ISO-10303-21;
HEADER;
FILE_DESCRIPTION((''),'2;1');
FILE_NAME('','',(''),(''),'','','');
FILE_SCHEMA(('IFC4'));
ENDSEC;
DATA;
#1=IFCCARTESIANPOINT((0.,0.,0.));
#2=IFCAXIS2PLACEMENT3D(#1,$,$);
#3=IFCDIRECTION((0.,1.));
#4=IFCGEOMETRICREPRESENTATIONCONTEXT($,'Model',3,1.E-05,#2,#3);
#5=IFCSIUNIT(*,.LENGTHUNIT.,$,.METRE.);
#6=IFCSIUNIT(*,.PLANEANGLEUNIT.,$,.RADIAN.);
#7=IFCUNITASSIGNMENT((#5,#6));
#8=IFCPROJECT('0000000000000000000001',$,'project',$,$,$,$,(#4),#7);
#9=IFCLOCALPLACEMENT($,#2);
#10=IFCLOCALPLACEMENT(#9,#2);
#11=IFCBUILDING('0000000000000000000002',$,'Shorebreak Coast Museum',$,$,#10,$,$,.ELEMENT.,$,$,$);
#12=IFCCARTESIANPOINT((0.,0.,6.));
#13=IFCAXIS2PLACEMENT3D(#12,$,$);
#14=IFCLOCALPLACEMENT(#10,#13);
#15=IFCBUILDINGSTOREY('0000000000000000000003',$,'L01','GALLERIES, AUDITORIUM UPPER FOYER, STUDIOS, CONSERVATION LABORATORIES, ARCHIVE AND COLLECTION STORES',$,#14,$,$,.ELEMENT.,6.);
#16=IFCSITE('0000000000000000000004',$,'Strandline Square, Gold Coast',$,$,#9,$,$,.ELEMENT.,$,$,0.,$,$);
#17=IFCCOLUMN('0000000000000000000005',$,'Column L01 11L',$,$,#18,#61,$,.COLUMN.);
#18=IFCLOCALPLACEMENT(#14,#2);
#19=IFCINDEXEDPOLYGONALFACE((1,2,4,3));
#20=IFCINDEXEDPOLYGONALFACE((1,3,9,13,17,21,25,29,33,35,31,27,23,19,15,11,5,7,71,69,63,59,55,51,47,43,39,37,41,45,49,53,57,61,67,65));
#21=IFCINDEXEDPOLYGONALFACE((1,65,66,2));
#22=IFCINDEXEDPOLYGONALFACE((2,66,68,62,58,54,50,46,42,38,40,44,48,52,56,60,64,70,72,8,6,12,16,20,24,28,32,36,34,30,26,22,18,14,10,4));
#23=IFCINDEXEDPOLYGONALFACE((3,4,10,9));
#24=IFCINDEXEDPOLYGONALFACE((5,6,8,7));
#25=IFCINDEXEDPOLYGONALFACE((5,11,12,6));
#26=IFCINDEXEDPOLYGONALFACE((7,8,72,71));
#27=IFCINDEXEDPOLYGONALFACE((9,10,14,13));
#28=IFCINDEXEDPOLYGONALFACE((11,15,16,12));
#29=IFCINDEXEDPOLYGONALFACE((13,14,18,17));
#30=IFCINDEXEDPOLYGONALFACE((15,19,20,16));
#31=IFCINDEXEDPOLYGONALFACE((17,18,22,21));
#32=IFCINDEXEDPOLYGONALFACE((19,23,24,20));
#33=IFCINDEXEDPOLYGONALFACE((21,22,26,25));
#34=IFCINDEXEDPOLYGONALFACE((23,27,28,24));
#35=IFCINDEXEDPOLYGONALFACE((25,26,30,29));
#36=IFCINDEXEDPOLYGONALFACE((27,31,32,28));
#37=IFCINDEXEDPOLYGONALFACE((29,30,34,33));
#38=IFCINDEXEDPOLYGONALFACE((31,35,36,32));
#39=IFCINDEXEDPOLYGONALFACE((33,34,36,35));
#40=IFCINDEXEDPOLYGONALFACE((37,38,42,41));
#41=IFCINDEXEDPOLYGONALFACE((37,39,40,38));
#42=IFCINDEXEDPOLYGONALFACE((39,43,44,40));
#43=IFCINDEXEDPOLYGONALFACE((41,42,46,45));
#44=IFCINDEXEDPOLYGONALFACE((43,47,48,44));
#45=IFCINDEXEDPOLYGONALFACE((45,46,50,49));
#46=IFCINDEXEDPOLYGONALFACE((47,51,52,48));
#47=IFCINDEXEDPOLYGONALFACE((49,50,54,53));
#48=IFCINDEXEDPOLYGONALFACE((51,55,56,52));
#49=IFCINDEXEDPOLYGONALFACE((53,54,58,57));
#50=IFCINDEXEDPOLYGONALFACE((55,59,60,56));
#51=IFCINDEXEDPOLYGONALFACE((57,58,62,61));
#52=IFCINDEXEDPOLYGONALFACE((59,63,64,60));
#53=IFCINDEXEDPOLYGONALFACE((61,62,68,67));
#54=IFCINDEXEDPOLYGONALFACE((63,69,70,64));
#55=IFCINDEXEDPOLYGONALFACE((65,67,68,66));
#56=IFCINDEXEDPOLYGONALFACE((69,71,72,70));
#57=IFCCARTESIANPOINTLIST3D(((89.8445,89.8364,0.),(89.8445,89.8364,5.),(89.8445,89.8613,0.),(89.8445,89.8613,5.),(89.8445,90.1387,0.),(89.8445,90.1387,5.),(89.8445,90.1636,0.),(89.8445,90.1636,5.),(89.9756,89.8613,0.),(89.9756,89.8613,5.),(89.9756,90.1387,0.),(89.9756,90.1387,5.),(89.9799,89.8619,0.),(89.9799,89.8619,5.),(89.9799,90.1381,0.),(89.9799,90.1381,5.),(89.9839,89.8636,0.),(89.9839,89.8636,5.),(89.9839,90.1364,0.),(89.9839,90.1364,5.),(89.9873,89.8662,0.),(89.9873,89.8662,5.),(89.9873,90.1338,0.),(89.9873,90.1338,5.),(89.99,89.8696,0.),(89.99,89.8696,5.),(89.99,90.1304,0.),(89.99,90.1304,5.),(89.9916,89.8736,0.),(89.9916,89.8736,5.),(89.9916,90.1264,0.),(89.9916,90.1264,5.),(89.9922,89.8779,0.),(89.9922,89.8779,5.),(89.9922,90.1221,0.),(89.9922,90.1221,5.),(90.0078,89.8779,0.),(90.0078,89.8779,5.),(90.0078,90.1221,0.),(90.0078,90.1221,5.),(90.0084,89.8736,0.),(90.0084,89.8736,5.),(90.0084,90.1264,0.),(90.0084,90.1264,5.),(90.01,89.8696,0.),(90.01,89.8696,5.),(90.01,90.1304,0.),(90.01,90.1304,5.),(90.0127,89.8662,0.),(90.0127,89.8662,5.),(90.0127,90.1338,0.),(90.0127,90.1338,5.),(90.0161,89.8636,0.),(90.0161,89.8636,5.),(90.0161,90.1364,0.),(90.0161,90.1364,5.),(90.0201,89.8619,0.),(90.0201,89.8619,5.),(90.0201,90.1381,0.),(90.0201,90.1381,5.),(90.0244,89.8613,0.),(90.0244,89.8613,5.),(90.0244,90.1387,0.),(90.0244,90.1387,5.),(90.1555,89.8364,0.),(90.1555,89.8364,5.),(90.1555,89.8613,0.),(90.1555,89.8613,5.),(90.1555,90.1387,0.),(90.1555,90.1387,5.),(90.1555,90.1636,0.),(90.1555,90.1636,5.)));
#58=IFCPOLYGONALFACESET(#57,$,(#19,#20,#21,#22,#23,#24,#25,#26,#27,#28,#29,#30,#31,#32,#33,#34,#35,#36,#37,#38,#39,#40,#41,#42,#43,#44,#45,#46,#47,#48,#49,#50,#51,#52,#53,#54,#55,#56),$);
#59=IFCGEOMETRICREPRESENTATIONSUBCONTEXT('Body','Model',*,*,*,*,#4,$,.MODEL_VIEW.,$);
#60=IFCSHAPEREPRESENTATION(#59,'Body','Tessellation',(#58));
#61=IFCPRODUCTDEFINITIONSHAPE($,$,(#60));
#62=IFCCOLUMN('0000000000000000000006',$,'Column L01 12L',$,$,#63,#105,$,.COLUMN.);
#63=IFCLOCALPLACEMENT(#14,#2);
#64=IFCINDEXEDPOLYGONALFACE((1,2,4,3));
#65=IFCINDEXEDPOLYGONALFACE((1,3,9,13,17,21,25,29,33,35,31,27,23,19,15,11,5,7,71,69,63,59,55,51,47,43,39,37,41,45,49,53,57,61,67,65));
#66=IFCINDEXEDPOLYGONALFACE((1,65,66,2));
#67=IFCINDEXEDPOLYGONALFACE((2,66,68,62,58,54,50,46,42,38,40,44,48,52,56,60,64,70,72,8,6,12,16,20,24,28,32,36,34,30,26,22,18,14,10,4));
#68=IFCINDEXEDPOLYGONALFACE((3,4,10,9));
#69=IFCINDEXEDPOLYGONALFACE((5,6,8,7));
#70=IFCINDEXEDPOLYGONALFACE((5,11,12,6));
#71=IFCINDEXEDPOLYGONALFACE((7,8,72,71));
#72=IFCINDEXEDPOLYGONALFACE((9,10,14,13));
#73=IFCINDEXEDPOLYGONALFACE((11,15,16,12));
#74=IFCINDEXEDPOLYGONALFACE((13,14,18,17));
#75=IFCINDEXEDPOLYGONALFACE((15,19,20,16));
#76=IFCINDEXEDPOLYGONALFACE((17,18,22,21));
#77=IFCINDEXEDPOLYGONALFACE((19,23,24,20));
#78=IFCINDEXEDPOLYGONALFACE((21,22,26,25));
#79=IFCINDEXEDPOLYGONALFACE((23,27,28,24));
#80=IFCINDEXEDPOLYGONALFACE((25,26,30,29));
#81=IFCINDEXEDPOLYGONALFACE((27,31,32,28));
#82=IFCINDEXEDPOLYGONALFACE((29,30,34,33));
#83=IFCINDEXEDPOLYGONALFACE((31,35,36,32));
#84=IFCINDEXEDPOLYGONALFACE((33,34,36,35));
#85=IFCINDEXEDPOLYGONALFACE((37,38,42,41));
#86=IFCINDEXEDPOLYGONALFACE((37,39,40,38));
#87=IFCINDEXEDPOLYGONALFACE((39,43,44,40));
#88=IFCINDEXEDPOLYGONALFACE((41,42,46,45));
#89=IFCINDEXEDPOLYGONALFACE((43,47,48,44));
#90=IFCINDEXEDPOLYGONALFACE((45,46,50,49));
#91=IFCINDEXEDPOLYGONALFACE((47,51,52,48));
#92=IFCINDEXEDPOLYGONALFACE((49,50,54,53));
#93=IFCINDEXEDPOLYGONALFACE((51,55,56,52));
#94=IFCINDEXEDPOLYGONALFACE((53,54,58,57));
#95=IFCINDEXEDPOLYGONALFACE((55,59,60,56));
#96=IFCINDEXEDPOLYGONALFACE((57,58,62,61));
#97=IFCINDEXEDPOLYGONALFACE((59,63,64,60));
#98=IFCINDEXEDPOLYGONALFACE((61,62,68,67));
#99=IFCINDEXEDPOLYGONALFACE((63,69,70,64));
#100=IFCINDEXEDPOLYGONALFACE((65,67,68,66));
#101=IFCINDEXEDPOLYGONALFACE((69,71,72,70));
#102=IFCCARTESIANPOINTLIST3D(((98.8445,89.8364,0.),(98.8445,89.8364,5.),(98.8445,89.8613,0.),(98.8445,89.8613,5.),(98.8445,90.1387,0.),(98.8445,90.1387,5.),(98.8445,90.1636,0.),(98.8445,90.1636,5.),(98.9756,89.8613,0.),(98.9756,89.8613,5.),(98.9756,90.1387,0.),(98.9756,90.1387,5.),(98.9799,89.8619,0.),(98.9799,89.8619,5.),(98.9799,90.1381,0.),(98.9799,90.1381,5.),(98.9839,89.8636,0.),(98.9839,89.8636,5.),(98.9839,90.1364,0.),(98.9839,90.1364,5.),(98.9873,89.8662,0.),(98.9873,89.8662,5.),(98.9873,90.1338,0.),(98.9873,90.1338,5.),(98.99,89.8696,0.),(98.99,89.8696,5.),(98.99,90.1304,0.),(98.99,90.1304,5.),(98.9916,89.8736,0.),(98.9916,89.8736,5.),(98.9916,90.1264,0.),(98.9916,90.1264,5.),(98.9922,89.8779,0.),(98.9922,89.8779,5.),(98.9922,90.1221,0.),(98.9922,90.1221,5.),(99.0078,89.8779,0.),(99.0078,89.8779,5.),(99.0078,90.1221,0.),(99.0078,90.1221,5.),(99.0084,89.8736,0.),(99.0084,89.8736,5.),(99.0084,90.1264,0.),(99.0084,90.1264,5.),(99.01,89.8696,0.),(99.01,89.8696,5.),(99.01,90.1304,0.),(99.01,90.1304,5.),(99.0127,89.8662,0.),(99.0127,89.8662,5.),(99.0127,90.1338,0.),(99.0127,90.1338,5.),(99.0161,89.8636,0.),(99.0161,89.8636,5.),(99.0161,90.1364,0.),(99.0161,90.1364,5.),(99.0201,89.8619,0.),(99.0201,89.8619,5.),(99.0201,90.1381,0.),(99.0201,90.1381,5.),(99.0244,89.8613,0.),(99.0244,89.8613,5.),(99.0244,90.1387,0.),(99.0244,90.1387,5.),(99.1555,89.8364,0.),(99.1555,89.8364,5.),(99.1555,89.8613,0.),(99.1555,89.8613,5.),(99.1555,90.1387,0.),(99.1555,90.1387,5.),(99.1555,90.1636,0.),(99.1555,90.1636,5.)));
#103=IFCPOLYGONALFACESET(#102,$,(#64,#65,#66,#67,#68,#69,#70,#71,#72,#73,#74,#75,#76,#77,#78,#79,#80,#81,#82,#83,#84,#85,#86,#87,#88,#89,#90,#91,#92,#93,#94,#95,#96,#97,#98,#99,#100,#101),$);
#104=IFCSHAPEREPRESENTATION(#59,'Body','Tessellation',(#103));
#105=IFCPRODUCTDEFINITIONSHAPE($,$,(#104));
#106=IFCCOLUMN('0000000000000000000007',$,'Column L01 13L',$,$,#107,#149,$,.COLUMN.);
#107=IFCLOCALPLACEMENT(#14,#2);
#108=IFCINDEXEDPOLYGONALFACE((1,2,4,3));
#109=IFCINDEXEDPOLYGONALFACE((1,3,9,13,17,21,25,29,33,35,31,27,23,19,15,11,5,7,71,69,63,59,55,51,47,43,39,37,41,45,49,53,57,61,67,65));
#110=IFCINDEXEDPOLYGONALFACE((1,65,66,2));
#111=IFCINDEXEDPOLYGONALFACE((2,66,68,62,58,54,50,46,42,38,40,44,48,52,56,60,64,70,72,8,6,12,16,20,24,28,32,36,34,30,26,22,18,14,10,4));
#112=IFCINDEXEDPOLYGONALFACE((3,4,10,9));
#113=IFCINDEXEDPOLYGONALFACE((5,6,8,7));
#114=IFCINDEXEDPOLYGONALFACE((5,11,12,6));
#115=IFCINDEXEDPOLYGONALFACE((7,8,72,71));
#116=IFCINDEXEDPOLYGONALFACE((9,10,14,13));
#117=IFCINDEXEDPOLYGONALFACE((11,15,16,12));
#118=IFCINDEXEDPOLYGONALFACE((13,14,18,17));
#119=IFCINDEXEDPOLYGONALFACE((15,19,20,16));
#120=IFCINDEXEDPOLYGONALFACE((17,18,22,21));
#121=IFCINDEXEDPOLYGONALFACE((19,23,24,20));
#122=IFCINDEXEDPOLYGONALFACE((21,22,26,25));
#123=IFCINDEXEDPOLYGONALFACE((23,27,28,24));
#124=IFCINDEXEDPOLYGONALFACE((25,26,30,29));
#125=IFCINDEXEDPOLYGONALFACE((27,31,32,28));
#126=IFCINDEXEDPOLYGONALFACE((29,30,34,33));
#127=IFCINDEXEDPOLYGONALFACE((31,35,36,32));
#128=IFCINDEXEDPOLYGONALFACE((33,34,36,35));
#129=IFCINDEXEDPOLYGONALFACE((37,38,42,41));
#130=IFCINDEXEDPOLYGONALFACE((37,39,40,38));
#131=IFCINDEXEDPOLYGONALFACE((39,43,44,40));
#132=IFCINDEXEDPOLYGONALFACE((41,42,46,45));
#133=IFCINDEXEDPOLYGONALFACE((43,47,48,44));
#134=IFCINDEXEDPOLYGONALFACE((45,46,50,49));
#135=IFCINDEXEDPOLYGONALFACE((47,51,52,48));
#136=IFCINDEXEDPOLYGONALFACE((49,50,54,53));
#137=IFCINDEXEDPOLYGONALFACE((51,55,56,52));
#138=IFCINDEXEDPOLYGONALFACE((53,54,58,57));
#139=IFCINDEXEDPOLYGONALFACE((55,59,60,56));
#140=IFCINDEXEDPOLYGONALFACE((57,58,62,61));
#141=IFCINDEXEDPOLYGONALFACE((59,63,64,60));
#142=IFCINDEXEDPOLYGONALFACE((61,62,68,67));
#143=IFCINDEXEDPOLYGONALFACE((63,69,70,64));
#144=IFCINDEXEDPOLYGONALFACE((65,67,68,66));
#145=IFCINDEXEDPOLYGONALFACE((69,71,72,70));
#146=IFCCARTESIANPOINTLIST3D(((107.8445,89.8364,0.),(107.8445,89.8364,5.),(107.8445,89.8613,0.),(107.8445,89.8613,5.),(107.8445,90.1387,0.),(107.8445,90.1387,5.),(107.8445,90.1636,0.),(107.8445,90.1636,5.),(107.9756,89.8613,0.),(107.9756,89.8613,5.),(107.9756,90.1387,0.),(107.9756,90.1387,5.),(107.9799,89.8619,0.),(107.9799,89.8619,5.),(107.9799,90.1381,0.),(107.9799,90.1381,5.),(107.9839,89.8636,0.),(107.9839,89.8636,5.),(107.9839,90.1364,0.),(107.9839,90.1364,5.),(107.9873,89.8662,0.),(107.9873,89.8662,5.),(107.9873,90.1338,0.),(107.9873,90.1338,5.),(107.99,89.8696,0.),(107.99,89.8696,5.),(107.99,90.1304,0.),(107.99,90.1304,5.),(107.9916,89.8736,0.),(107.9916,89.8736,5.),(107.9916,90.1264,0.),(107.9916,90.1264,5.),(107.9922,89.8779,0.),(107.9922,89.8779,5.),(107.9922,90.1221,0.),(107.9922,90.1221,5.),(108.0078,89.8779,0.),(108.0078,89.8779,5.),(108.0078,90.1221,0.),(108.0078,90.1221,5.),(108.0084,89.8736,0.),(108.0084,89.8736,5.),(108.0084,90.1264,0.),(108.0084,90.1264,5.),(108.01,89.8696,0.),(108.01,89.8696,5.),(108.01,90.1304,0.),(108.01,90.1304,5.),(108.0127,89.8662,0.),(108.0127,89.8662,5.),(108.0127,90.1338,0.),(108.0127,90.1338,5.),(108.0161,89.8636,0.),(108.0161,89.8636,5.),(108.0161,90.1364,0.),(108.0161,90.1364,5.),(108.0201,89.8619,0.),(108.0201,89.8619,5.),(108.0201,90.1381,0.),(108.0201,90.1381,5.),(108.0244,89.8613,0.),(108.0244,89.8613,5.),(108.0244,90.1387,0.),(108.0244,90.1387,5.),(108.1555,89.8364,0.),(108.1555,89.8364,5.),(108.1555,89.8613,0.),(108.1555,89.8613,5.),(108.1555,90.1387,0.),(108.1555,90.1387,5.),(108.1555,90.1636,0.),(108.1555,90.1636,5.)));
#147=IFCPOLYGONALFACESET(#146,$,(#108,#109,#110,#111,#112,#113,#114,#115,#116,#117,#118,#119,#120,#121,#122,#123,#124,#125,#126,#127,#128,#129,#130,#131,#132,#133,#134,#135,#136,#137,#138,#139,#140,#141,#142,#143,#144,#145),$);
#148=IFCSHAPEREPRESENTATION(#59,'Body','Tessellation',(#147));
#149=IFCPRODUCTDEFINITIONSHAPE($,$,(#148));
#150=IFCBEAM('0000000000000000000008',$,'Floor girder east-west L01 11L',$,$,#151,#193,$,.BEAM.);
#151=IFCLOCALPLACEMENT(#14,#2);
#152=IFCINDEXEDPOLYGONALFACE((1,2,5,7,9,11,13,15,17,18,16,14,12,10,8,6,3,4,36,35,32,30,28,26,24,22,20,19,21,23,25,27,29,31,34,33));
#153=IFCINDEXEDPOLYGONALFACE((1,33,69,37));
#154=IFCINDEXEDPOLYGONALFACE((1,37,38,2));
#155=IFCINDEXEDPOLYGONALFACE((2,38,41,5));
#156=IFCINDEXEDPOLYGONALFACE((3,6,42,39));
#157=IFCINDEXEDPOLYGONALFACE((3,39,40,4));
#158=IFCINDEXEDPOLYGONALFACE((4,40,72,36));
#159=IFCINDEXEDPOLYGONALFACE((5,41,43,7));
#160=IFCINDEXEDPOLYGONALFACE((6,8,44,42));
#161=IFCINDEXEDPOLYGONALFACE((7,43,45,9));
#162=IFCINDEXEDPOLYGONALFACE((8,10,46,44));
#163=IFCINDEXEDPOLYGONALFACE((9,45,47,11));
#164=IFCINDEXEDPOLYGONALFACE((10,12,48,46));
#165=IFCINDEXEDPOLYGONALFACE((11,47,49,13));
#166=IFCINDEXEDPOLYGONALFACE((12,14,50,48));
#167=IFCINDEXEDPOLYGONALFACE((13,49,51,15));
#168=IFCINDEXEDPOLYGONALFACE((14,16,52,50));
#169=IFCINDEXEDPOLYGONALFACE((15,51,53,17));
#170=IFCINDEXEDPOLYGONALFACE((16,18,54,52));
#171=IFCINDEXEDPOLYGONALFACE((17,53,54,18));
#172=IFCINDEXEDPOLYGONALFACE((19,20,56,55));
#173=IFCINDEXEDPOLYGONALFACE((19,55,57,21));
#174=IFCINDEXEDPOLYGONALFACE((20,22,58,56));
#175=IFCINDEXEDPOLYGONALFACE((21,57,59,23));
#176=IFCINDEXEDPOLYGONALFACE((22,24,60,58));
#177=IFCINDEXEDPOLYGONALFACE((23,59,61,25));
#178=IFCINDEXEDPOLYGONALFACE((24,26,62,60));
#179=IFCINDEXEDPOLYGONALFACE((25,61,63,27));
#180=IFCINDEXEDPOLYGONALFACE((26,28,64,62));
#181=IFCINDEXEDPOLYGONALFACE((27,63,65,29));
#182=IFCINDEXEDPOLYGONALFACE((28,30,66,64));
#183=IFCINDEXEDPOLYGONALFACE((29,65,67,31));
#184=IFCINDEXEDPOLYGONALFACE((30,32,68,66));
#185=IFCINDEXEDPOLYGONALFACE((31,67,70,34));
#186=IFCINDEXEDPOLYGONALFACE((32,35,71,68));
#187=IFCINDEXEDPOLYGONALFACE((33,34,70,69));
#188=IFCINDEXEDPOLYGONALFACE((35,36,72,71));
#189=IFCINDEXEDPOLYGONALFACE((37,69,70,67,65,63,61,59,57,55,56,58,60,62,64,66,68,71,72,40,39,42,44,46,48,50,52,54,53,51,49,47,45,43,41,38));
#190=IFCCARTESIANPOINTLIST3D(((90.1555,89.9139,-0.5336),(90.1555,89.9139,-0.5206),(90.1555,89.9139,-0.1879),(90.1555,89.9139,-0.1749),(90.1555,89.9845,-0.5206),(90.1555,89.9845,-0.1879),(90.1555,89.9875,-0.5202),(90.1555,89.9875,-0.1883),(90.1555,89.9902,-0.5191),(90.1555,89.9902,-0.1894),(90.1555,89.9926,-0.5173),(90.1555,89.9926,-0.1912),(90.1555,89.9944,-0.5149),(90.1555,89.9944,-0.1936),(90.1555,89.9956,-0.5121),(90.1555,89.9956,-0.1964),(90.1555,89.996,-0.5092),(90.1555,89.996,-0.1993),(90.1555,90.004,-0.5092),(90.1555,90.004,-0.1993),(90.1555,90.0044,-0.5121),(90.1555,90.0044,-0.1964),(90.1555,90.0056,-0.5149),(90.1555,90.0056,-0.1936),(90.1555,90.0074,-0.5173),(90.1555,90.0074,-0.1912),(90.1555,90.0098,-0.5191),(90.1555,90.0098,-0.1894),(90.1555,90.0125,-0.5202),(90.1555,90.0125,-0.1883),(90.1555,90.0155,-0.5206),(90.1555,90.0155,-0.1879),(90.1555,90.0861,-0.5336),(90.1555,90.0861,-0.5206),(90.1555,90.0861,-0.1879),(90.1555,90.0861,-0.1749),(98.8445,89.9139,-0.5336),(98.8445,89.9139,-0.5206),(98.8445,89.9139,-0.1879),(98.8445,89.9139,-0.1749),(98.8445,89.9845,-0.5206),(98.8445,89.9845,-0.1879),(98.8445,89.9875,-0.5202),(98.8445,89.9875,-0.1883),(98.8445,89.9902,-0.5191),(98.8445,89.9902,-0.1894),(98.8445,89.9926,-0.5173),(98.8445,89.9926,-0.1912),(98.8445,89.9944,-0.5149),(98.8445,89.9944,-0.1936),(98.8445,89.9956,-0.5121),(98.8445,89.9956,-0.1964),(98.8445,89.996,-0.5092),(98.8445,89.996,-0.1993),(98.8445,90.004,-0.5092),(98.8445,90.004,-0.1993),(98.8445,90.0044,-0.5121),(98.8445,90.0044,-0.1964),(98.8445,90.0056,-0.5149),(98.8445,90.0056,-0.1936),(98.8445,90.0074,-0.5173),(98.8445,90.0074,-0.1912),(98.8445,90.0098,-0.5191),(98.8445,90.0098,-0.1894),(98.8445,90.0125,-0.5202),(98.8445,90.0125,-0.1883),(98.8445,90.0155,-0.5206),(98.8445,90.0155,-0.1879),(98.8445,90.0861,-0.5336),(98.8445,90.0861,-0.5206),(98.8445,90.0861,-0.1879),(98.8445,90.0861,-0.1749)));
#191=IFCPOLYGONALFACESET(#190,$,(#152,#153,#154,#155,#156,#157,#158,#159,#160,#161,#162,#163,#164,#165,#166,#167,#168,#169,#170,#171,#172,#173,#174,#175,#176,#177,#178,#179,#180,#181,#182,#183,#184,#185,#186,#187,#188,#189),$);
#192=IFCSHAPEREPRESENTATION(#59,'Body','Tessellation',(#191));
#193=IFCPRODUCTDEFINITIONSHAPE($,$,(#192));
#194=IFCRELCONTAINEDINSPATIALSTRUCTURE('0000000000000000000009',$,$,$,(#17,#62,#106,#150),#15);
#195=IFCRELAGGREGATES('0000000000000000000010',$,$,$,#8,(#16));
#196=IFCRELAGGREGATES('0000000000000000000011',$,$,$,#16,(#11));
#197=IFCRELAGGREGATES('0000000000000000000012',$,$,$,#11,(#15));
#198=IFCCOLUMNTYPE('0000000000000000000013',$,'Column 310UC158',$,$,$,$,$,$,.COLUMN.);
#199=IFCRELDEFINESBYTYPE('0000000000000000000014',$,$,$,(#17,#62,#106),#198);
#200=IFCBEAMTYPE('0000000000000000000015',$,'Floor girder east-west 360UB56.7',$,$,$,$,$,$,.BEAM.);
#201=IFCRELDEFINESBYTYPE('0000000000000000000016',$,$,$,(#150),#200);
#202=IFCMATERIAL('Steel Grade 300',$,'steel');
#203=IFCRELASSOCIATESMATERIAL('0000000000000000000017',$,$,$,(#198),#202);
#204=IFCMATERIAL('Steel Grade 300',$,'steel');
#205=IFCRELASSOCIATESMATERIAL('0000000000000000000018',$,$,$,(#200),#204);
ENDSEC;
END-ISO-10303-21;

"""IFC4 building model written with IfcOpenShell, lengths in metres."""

from ifc_helpers import new_model, si_unit, direction, frame, origin, origin_2d, place, context, subcontext, project, spatial, i_section, extrude, material, material_profile, profile_set, type_object, element, save


model = new_model("IFC4")

# Units and contexts
model_context = context("Model", 3, precision=1e-05, world=origin(), true_north=direction((0.0, 1.0)))
body_context = subcontext(model_context, "Body", "Model", "MODEL_VIEW")
ifc_project = project(units=[si_unit("LENGTHUNIT", "METRE"), si_unit("PLANEANGLEUNIT", "RADIAN")], contexts=[model_context])

# Site, building, storey
site_placement = place(None, origin())
site = spatial("IfcSite", under=ifc_project, at=site_placement, Name="Strandline Square, Gold Coast", CompositionType="ELEMENT", RefElevation=0.0)
building_placement = place(site_placement, origin())
building = spatial("IfcBuilding", under=site, at=building_placement, Name="Shorebreak Coast Museum", CompositionType="ELEMENT")
storey_placement = place(building_placement, frame((0.0, 0.0, 6.0)))
storey = spatial("IfcBuildingStorey", under=building, at=storey_placement, Name="L01", Description="GALLERIES, AUDITORIUM UPPER FOYER, STUDIOS, CONSERVATION LABORATORIES, ARCHIVE AND COLLECTION STORES", CompositionType="ELEMENT", Elevation=6.0)

# Columns
ifc_material_1 = material(Name="Steel Grade 300", Category="steel")
ifc_material_profile_1 = material_profile(ifc_material_1, i_section(OverallWidth=0.311, OverallDepth=0.3271, WebThickness=0.0156, FlangeThickness=0.0249, FilletRadius=0.0166, at=origin_2d()), Name="310UC158")
ifc_profile_set_1 = profile_set([ifc_material_profile_1], Name="Steel Grade 300")
column_type = type_object("IfcColumnType", Name="Column 310UC158", PredefinedType="COLUMN", material=ifc_profile_set_1)
for number, where, z_axis, x_axis, name in (
    (1, (90.0, 90.0, 0.0), (0.0, 0.0, 1.0), (1.0, 0.0, 0.0), "Column L01 11L"),
    (2, (99.0, 90.0, 0.0), (0.0, 0.0, 1.0), (1.0, 0.0, 0.0), "Column L01 12L"),
    (3, (108.0, 90.0, 0.0), (0.0, 0.0, 1.0), (1.0, 0.0, 0.0), "Column L01 13L"),
):
    element("IfcColumn", number, at=place(storey_placement, frame(where, z_axis=z_axis, x_axis=x_axis)), inside=storey, type_object=column_type, Name=name, PredefinedType="COLUMN", context=body_context, shape_type="SweptSolid", body=[
        extrude(i_section(OverallWidth=0.311, OverallDepth=0.3271, WebThickness=0.0156, FlangeThickness=0.0249, FilletRadius=0.0166, at=origin_2d()), origin(), (0.0, 0.0, 1.0), 5.0),
    ])

# Beam
ifc_material_2 = material(Name="Steel Grade 300", Category="steel")
ifc_material_profile_2 = material_profile(ifc_material_2, i_section(OverallWidth=0.1721, OverallDepth=0.3586, WebThickness=0.0081, FlangeThickness=0.0129, FilletRadius=0.0115, at=origin_2d()), Name="360UB56.7")
ifc_profile_set_2 = profile_set([ifc_material_profile_2], Name="Steel Grade 300")
beam_type_1 = type_object("IfcBeamType", Name="Floor girder east-west 360UB56.7", PredefinedType="BEAM", material=ifc_profile_set_2)
for number, where, z_axis, x_axis, name in (
    (4, (90.1555, 90.0, -0.3542), (1.0, 0.0, 0.0), (0.0, 1.0, 0.0), "Floor girder east-west L01 11L"),
):
    element("IfcBeam", number, at=place(storey_placement, frame(where, z_axis=z_axis, x_axis=x_axis)), inside=storey, type_object=beam_type_1, Name=name, PredefinedType="BEAM", context=body_context, shape_type="SweptSolid", body=[
        extrude(i_section(OverallWidth=0.1721, OverallDepth=0.3586, WebThickness=0.0081, FlangeThickness=0.0129, FilletRadius=0.0115, at=origin_2d()), origin(), (0.0, 0.0, 1.0), 8.689),
    ])

save(model, "model.ifc")
